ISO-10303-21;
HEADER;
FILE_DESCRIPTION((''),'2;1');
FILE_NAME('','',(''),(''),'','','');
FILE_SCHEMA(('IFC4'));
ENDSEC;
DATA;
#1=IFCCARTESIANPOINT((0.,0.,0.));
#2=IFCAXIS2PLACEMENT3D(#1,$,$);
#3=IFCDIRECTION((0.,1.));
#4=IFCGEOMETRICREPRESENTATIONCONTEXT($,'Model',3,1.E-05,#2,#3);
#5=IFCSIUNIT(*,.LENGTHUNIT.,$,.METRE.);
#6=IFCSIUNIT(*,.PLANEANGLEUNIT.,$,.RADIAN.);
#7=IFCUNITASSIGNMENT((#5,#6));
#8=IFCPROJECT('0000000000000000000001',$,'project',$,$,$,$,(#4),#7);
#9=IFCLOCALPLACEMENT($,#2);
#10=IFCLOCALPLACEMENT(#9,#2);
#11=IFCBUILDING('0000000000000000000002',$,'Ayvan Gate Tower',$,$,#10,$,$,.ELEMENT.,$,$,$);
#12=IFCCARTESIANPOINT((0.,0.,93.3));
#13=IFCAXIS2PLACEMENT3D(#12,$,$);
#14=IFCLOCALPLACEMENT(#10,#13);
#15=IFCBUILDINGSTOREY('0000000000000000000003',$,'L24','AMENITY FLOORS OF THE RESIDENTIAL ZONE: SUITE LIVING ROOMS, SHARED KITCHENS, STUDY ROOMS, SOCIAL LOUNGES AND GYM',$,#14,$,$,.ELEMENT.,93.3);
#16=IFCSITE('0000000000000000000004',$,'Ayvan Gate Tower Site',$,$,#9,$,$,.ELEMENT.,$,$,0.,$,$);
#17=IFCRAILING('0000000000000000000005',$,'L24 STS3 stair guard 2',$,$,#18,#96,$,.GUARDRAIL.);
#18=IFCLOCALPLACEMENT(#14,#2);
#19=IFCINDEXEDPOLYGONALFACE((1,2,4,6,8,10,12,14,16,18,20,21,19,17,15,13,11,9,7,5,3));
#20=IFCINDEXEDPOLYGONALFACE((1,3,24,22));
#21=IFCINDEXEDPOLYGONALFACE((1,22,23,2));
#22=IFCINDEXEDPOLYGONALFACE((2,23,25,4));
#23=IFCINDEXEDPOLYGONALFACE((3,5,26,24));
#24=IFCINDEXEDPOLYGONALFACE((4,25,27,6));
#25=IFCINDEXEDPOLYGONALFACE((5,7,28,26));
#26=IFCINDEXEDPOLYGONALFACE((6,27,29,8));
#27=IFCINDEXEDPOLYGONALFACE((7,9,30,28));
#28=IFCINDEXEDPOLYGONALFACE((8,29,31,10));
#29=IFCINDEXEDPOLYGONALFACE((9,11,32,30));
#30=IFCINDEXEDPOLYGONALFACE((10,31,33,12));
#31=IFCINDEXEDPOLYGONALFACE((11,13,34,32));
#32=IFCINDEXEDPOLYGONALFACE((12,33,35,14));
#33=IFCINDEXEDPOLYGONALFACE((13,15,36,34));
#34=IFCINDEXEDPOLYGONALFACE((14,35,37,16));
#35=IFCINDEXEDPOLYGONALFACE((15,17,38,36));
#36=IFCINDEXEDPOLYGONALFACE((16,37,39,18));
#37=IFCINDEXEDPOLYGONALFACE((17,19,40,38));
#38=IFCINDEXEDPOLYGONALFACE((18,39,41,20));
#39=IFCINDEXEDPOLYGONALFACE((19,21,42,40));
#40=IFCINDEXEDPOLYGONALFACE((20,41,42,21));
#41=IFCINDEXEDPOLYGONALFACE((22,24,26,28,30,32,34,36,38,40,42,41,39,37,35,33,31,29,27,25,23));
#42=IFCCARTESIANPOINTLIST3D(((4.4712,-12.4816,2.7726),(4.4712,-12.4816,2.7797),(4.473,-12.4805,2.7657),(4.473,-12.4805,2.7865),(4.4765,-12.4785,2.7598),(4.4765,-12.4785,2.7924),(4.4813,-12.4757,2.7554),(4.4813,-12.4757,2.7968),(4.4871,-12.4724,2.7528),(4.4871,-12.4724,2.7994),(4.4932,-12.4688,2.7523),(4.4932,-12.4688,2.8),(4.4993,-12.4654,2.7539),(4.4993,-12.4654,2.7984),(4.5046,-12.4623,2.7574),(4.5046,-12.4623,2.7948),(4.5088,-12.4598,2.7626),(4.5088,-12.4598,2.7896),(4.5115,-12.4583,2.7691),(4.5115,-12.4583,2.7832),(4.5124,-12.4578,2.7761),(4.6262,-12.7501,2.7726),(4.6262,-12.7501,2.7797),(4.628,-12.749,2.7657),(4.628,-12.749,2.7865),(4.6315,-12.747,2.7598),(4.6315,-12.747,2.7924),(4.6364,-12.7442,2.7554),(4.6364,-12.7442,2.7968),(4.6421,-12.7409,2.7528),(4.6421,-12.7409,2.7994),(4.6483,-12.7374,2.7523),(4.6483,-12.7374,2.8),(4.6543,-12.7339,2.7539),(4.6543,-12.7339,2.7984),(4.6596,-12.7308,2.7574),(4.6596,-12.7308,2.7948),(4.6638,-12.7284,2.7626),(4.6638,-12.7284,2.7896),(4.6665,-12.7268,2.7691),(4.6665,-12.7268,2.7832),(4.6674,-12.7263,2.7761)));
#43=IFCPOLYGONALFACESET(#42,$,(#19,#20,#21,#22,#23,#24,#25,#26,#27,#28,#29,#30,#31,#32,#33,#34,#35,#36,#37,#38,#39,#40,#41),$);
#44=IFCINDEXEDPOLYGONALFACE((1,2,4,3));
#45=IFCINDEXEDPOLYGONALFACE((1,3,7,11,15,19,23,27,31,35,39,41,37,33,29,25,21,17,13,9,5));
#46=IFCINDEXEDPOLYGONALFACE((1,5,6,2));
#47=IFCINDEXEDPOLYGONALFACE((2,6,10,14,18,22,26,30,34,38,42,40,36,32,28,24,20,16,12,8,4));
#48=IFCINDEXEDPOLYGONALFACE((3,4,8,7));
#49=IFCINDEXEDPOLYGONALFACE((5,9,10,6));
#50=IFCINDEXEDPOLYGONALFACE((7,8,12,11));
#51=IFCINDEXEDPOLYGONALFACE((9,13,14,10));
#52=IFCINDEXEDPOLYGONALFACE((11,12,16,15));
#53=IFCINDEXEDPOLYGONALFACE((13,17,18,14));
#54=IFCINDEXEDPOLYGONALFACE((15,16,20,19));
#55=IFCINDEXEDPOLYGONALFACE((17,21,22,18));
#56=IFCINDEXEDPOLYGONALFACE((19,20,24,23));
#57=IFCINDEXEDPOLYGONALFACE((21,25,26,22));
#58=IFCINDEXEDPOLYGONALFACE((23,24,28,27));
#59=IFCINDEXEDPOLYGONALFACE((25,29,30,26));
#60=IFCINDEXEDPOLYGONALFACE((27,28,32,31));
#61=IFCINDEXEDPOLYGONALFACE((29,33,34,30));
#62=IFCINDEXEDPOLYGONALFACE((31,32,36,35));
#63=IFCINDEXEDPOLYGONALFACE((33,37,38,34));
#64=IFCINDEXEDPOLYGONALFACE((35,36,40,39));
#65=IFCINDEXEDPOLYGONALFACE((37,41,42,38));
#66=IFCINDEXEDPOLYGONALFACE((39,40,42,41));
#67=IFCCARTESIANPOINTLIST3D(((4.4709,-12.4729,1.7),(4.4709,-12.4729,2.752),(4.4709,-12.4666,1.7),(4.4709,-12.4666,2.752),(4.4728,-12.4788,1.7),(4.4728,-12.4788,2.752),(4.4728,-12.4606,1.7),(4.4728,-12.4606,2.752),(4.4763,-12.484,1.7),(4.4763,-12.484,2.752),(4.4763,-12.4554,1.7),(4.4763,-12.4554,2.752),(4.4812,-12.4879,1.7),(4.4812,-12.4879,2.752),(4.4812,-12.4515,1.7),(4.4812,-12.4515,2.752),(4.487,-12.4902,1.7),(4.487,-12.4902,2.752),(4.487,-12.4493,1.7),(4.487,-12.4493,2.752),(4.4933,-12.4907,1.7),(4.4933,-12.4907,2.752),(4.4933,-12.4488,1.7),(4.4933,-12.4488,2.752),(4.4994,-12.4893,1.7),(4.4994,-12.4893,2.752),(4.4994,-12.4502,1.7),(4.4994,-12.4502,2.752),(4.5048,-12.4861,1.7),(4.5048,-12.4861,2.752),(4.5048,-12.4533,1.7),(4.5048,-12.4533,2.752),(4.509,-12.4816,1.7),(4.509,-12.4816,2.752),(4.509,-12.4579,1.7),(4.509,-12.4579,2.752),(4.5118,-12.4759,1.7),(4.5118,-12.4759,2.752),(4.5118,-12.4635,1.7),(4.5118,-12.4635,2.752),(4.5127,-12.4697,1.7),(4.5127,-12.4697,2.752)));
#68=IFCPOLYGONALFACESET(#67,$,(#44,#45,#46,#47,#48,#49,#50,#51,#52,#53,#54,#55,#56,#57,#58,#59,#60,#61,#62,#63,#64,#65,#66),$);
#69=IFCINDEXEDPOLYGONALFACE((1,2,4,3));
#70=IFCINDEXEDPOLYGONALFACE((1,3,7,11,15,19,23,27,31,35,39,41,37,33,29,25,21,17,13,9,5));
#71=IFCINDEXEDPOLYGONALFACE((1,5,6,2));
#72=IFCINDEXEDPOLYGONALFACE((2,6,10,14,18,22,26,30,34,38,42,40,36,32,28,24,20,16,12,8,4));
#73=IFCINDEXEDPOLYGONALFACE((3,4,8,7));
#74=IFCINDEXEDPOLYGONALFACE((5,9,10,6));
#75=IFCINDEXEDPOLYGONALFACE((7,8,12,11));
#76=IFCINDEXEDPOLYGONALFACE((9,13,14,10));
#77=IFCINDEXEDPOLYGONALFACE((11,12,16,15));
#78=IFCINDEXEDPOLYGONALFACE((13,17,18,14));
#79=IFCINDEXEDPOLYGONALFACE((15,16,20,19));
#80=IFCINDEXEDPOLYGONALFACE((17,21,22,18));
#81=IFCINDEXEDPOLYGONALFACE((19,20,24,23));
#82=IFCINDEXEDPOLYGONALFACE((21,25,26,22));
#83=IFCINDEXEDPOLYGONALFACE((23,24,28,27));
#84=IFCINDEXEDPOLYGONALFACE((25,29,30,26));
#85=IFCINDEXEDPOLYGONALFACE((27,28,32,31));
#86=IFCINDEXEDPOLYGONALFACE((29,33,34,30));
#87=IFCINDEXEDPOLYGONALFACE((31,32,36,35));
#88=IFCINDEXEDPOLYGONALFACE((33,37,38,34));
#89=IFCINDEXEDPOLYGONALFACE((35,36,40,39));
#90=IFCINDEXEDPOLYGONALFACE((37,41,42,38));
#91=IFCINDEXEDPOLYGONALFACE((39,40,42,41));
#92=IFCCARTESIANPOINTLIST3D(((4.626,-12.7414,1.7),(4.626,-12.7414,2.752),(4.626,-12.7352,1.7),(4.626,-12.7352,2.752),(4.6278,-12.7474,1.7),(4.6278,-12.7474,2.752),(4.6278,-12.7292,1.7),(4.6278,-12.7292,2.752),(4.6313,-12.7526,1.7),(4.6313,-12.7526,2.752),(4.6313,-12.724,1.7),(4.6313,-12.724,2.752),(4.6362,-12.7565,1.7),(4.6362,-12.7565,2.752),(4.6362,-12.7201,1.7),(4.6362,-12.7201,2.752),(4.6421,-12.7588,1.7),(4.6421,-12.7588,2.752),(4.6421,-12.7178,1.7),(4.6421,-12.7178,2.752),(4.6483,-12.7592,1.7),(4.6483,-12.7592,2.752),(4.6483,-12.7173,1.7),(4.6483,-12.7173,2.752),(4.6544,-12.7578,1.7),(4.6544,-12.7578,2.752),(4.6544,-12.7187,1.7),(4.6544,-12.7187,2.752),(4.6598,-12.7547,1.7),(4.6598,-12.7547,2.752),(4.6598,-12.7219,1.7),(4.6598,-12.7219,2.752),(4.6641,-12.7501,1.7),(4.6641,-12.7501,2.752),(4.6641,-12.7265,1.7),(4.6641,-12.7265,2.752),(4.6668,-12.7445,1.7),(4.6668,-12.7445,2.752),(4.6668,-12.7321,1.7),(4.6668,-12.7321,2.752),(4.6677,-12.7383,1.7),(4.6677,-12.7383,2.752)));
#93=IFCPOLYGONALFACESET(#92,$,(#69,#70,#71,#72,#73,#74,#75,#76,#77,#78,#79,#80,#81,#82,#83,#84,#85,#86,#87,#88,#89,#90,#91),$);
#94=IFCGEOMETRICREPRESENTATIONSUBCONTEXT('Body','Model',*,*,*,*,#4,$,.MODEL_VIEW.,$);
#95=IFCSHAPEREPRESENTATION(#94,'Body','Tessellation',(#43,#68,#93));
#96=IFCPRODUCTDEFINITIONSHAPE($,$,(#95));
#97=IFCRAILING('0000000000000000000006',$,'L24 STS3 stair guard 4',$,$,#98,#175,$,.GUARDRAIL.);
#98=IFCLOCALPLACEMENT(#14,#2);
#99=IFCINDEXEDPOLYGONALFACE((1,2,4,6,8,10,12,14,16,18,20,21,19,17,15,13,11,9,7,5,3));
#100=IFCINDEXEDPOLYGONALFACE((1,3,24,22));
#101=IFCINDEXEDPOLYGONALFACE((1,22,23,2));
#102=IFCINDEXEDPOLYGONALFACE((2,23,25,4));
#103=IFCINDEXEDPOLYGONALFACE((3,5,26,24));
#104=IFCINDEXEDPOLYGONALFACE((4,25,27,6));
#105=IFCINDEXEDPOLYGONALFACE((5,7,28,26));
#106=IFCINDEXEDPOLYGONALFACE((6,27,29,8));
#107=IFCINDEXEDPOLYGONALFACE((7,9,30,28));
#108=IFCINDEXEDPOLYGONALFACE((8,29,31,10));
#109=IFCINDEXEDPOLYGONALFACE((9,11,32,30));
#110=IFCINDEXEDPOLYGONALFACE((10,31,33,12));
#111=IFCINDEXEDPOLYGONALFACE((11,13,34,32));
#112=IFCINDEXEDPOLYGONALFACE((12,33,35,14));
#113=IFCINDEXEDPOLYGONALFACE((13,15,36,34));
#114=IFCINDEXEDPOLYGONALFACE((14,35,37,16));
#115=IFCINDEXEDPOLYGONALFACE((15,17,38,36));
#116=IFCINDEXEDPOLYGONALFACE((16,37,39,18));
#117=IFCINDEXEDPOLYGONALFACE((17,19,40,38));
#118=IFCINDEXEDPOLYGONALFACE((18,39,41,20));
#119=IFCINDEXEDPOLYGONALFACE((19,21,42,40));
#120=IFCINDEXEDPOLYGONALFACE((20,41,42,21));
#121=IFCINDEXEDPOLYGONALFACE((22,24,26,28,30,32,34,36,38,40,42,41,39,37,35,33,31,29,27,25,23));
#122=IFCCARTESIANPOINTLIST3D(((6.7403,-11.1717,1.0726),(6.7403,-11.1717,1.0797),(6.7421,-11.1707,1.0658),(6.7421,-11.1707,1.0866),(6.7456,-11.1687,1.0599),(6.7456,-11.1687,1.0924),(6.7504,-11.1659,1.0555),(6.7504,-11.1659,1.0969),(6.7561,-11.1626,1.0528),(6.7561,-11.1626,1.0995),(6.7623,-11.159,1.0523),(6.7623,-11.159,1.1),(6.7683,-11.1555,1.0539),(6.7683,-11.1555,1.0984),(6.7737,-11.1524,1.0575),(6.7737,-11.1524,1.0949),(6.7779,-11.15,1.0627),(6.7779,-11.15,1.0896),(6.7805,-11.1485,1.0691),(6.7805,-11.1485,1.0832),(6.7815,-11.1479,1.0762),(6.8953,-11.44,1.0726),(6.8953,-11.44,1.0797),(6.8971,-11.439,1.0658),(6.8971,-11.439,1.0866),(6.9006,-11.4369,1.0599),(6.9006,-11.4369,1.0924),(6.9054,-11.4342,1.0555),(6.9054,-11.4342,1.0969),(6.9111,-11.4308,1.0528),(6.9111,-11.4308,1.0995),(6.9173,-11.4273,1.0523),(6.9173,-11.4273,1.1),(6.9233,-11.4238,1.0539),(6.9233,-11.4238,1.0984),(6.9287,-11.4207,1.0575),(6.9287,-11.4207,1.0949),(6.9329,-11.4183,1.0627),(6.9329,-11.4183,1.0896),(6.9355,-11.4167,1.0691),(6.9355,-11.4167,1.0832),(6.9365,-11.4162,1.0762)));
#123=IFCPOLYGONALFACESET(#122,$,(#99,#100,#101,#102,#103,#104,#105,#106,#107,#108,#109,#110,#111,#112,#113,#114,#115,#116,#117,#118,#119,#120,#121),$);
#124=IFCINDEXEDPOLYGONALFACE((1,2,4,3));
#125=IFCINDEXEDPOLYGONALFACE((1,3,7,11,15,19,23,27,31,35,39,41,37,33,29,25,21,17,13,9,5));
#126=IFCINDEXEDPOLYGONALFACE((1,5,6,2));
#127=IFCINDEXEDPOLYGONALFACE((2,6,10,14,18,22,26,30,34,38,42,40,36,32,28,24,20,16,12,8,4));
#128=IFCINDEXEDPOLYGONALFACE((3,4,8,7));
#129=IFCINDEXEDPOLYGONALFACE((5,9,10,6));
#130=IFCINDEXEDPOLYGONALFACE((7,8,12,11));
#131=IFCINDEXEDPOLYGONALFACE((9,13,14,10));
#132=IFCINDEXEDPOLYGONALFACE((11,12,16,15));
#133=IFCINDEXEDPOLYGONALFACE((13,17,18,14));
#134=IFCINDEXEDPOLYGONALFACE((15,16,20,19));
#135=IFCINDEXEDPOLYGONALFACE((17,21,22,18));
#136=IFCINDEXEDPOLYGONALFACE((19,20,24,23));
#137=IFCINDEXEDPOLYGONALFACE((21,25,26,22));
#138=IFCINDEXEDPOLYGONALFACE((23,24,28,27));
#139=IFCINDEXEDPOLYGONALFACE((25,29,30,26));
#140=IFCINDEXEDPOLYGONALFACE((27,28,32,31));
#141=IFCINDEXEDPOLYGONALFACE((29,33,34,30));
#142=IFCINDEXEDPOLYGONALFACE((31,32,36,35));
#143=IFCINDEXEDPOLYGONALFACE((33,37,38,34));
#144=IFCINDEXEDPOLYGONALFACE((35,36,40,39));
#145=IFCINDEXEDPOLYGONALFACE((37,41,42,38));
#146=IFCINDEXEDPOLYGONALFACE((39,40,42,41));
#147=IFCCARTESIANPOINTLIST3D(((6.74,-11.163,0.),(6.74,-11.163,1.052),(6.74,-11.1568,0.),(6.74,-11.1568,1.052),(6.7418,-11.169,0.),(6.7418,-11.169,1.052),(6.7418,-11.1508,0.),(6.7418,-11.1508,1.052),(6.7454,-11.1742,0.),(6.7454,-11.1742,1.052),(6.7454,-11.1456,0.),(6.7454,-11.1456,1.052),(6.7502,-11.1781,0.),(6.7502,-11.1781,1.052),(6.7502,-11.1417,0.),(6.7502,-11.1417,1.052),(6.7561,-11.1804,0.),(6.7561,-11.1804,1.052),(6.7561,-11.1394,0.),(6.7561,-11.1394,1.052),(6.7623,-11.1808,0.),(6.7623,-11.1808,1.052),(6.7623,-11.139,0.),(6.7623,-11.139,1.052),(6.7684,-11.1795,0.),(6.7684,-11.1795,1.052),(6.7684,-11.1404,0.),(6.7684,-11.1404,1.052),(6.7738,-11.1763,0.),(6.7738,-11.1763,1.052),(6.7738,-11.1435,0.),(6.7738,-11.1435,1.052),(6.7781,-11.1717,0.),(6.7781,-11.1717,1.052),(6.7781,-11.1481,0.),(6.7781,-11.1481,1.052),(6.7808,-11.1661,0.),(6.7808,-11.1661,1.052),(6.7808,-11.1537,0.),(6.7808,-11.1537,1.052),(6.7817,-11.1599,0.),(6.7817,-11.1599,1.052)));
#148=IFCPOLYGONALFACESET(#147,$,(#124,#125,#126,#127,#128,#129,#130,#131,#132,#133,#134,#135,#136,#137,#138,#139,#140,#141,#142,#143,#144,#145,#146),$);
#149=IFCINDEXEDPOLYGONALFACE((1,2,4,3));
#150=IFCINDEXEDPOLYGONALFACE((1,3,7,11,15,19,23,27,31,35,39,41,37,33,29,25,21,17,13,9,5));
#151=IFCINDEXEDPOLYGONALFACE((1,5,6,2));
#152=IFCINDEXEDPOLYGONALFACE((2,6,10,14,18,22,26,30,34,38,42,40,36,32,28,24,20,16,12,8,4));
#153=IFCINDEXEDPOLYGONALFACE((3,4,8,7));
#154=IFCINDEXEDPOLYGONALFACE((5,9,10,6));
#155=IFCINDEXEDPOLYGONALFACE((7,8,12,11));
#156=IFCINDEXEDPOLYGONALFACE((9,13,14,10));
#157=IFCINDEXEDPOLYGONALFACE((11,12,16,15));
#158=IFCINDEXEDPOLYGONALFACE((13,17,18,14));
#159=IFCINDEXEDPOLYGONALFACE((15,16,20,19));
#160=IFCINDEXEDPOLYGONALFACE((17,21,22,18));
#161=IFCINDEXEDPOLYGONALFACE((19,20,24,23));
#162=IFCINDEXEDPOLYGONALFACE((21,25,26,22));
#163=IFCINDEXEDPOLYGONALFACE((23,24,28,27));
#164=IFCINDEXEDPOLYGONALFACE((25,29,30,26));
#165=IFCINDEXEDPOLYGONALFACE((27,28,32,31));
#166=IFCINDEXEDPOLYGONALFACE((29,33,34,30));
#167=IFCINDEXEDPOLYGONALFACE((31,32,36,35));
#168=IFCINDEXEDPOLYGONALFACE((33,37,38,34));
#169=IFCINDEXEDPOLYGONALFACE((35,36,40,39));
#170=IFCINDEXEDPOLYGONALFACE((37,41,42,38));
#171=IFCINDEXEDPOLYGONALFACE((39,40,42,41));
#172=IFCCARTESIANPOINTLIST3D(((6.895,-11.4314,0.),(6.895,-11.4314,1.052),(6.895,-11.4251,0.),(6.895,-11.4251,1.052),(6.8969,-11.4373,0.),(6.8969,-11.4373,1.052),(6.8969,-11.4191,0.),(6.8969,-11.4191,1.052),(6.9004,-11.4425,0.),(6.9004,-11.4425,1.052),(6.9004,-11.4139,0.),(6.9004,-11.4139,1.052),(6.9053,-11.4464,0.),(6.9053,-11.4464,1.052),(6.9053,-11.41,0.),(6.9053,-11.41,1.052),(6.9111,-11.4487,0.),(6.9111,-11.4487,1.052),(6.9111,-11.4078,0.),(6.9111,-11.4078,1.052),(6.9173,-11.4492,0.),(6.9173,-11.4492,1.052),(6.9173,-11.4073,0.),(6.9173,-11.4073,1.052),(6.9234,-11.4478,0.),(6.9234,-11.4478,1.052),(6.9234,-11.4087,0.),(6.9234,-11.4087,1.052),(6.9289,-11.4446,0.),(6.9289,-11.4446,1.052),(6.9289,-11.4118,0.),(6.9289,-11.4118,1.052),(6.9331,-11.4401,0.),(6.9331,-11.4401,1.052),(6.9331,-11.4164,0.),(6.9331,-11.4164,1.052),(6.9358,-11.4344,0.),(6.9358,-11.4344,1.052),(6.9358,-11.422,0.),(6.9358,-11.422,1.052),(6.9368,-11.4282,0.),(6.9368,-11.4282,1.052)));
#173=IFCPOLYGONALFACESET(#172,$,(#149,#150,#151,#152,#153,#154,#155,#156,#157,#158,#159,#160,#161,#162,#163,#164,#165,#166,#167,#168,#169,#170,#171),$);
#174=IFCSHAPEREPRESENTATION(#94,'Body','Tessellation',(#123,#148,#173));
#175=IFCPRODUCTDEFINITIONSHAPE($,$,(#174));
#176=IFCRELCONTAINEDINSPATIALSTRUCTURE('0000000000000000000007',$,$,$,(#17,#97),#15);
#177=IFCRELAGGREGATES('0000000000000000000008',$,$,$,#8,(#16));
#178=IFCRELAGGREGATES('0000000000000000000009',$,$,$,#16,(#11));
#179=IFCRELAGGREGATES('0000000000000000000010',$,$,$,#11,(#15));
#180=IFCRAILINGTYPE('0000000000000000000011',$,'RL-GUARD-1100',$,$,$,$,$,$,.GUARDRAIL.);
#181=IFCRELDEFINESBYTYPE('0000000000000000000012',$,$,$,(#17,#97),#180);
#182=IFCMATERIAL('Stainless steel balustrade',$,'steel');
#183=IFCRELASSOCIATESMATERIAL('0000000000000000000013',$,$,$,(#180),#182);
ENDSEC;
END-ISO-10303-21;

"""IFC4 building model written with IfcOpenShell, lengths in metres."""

from ifc_helpers import new_model, si_unit, direction, frame, origin, origin_2d, place, context, subcontext, project, spatial, circle, extrude, material, type_object, element, save


model = new_model("IFC4")

# Units and contexts
model_context = context("Model", 3, precision=1e-05, world=origin(), true_north=direction((0.0, 1.0)))
body_context = subcontext(model_context, "Body", "Model", "MODEL_VIEW")
ifc_project = project(units=[si_unit("LENGTHUNIT", "METRE"), si_unit("PLANEANGLEUNIT", "RADIAN")], contexts=[model_context])

# Site, building, storey
site_placement = place(None, origin())
site = spatial("IfcSite", under=ifc_project, at=site_placement, Name="Ayvan Gate Tower Site", CompositionType="ELEMENT", RefElevation=0.0)
building_placement = place(site_placement, origin())
building = spatial("IfcBuilding", under=site, at=building_placement, Name="Ayvan Gate Tower", CompositionType="ELEMENT")
storey_placement = place(building_placement, frame((0.0, 0.0, 93.3)))
storey = spatial("IfcBuildingStorey", under=building, at=storey_placement, Name="L24", Description="AMENITY FLOORS OF THE RESIDENTIAL ZONE: SUITE LIVING ROOMS, SHARED KITCHENS, STUDY ROOMS, SOCIAL LOUNGES AND GYM", CompositionType="ELEMENT", Elevation=93.3)

# Railings
ifc_material_1 = material(Name="Stainless steel balustrade", Category="steel")
railing_type_1 = type_object("IfcRailingType", Name="RL-GUARD-1100", PredefinedType="GUARDRAIL", material=ifc_material_1)
railing_1_placement = place(storey_placement, frame((4.4917, -12.4697, 1.7)))
element("IfcRailing", 1, at=railing_1_placement, inside=storey, type_object=railing_type_1, Name="L24 STS3 stair guard 2", PredefinedType="GUARDRAIL", context=body_context, shape_type="SweptSolid", body=[
    extrude(circle(Radius=0.0239, at=origin_2d()), frame((0.0, 0.0, 1.0762), z_axis=(0.49995, -0.866054, 0.0), x_axis=(0.866054, 0.49995, 0.0)), (0.0, 0.0, 1.0), 0.3101),
    extrude(circle(Radius=0.021, at=origin_2d()), origin(), (0.0, 0.0, 1.0), 1.052),
    extrude(circle(Radius=0.021, at=origin_2d()), frame((0.155, -0.2686, 0.0)), (0.0, 0.0, 1.0), 1.052),
])
railing_2_placement = place(storey_placement, frame((6.7607, -11.1599, 0.0)))
element("IfcRailing", 2, at=railing_2_placement, inside=storey, type_object=railing_type_1, Name="L24 STS3 stair guard 4", PredefinedType="GUARDRAIL", context=body_context, shape_type="SweptSolid", body=[
    extrude(circle(Radius=0.0239, at=origin_2d()), frame((0.0, 0.0, 1.0762), z_axis=(0.500291, -0.865857, 0.0), x_axis=(0.865857, 0.500291, 0.0)), (0.0, 0.0, 1.0), 0.3098),
    extrude(circle(Radius=0.021, at=origin_2d()), origin(), (0.0, 0.0, 1.0), 1.052),
    extrude(circle(Radius=0.021, at=origin_2d()), frame((0.155, -0.2683, 0.0)), (0.0, 0.0, 1.0), 1.052),
])

save(model, "model.ifc")
